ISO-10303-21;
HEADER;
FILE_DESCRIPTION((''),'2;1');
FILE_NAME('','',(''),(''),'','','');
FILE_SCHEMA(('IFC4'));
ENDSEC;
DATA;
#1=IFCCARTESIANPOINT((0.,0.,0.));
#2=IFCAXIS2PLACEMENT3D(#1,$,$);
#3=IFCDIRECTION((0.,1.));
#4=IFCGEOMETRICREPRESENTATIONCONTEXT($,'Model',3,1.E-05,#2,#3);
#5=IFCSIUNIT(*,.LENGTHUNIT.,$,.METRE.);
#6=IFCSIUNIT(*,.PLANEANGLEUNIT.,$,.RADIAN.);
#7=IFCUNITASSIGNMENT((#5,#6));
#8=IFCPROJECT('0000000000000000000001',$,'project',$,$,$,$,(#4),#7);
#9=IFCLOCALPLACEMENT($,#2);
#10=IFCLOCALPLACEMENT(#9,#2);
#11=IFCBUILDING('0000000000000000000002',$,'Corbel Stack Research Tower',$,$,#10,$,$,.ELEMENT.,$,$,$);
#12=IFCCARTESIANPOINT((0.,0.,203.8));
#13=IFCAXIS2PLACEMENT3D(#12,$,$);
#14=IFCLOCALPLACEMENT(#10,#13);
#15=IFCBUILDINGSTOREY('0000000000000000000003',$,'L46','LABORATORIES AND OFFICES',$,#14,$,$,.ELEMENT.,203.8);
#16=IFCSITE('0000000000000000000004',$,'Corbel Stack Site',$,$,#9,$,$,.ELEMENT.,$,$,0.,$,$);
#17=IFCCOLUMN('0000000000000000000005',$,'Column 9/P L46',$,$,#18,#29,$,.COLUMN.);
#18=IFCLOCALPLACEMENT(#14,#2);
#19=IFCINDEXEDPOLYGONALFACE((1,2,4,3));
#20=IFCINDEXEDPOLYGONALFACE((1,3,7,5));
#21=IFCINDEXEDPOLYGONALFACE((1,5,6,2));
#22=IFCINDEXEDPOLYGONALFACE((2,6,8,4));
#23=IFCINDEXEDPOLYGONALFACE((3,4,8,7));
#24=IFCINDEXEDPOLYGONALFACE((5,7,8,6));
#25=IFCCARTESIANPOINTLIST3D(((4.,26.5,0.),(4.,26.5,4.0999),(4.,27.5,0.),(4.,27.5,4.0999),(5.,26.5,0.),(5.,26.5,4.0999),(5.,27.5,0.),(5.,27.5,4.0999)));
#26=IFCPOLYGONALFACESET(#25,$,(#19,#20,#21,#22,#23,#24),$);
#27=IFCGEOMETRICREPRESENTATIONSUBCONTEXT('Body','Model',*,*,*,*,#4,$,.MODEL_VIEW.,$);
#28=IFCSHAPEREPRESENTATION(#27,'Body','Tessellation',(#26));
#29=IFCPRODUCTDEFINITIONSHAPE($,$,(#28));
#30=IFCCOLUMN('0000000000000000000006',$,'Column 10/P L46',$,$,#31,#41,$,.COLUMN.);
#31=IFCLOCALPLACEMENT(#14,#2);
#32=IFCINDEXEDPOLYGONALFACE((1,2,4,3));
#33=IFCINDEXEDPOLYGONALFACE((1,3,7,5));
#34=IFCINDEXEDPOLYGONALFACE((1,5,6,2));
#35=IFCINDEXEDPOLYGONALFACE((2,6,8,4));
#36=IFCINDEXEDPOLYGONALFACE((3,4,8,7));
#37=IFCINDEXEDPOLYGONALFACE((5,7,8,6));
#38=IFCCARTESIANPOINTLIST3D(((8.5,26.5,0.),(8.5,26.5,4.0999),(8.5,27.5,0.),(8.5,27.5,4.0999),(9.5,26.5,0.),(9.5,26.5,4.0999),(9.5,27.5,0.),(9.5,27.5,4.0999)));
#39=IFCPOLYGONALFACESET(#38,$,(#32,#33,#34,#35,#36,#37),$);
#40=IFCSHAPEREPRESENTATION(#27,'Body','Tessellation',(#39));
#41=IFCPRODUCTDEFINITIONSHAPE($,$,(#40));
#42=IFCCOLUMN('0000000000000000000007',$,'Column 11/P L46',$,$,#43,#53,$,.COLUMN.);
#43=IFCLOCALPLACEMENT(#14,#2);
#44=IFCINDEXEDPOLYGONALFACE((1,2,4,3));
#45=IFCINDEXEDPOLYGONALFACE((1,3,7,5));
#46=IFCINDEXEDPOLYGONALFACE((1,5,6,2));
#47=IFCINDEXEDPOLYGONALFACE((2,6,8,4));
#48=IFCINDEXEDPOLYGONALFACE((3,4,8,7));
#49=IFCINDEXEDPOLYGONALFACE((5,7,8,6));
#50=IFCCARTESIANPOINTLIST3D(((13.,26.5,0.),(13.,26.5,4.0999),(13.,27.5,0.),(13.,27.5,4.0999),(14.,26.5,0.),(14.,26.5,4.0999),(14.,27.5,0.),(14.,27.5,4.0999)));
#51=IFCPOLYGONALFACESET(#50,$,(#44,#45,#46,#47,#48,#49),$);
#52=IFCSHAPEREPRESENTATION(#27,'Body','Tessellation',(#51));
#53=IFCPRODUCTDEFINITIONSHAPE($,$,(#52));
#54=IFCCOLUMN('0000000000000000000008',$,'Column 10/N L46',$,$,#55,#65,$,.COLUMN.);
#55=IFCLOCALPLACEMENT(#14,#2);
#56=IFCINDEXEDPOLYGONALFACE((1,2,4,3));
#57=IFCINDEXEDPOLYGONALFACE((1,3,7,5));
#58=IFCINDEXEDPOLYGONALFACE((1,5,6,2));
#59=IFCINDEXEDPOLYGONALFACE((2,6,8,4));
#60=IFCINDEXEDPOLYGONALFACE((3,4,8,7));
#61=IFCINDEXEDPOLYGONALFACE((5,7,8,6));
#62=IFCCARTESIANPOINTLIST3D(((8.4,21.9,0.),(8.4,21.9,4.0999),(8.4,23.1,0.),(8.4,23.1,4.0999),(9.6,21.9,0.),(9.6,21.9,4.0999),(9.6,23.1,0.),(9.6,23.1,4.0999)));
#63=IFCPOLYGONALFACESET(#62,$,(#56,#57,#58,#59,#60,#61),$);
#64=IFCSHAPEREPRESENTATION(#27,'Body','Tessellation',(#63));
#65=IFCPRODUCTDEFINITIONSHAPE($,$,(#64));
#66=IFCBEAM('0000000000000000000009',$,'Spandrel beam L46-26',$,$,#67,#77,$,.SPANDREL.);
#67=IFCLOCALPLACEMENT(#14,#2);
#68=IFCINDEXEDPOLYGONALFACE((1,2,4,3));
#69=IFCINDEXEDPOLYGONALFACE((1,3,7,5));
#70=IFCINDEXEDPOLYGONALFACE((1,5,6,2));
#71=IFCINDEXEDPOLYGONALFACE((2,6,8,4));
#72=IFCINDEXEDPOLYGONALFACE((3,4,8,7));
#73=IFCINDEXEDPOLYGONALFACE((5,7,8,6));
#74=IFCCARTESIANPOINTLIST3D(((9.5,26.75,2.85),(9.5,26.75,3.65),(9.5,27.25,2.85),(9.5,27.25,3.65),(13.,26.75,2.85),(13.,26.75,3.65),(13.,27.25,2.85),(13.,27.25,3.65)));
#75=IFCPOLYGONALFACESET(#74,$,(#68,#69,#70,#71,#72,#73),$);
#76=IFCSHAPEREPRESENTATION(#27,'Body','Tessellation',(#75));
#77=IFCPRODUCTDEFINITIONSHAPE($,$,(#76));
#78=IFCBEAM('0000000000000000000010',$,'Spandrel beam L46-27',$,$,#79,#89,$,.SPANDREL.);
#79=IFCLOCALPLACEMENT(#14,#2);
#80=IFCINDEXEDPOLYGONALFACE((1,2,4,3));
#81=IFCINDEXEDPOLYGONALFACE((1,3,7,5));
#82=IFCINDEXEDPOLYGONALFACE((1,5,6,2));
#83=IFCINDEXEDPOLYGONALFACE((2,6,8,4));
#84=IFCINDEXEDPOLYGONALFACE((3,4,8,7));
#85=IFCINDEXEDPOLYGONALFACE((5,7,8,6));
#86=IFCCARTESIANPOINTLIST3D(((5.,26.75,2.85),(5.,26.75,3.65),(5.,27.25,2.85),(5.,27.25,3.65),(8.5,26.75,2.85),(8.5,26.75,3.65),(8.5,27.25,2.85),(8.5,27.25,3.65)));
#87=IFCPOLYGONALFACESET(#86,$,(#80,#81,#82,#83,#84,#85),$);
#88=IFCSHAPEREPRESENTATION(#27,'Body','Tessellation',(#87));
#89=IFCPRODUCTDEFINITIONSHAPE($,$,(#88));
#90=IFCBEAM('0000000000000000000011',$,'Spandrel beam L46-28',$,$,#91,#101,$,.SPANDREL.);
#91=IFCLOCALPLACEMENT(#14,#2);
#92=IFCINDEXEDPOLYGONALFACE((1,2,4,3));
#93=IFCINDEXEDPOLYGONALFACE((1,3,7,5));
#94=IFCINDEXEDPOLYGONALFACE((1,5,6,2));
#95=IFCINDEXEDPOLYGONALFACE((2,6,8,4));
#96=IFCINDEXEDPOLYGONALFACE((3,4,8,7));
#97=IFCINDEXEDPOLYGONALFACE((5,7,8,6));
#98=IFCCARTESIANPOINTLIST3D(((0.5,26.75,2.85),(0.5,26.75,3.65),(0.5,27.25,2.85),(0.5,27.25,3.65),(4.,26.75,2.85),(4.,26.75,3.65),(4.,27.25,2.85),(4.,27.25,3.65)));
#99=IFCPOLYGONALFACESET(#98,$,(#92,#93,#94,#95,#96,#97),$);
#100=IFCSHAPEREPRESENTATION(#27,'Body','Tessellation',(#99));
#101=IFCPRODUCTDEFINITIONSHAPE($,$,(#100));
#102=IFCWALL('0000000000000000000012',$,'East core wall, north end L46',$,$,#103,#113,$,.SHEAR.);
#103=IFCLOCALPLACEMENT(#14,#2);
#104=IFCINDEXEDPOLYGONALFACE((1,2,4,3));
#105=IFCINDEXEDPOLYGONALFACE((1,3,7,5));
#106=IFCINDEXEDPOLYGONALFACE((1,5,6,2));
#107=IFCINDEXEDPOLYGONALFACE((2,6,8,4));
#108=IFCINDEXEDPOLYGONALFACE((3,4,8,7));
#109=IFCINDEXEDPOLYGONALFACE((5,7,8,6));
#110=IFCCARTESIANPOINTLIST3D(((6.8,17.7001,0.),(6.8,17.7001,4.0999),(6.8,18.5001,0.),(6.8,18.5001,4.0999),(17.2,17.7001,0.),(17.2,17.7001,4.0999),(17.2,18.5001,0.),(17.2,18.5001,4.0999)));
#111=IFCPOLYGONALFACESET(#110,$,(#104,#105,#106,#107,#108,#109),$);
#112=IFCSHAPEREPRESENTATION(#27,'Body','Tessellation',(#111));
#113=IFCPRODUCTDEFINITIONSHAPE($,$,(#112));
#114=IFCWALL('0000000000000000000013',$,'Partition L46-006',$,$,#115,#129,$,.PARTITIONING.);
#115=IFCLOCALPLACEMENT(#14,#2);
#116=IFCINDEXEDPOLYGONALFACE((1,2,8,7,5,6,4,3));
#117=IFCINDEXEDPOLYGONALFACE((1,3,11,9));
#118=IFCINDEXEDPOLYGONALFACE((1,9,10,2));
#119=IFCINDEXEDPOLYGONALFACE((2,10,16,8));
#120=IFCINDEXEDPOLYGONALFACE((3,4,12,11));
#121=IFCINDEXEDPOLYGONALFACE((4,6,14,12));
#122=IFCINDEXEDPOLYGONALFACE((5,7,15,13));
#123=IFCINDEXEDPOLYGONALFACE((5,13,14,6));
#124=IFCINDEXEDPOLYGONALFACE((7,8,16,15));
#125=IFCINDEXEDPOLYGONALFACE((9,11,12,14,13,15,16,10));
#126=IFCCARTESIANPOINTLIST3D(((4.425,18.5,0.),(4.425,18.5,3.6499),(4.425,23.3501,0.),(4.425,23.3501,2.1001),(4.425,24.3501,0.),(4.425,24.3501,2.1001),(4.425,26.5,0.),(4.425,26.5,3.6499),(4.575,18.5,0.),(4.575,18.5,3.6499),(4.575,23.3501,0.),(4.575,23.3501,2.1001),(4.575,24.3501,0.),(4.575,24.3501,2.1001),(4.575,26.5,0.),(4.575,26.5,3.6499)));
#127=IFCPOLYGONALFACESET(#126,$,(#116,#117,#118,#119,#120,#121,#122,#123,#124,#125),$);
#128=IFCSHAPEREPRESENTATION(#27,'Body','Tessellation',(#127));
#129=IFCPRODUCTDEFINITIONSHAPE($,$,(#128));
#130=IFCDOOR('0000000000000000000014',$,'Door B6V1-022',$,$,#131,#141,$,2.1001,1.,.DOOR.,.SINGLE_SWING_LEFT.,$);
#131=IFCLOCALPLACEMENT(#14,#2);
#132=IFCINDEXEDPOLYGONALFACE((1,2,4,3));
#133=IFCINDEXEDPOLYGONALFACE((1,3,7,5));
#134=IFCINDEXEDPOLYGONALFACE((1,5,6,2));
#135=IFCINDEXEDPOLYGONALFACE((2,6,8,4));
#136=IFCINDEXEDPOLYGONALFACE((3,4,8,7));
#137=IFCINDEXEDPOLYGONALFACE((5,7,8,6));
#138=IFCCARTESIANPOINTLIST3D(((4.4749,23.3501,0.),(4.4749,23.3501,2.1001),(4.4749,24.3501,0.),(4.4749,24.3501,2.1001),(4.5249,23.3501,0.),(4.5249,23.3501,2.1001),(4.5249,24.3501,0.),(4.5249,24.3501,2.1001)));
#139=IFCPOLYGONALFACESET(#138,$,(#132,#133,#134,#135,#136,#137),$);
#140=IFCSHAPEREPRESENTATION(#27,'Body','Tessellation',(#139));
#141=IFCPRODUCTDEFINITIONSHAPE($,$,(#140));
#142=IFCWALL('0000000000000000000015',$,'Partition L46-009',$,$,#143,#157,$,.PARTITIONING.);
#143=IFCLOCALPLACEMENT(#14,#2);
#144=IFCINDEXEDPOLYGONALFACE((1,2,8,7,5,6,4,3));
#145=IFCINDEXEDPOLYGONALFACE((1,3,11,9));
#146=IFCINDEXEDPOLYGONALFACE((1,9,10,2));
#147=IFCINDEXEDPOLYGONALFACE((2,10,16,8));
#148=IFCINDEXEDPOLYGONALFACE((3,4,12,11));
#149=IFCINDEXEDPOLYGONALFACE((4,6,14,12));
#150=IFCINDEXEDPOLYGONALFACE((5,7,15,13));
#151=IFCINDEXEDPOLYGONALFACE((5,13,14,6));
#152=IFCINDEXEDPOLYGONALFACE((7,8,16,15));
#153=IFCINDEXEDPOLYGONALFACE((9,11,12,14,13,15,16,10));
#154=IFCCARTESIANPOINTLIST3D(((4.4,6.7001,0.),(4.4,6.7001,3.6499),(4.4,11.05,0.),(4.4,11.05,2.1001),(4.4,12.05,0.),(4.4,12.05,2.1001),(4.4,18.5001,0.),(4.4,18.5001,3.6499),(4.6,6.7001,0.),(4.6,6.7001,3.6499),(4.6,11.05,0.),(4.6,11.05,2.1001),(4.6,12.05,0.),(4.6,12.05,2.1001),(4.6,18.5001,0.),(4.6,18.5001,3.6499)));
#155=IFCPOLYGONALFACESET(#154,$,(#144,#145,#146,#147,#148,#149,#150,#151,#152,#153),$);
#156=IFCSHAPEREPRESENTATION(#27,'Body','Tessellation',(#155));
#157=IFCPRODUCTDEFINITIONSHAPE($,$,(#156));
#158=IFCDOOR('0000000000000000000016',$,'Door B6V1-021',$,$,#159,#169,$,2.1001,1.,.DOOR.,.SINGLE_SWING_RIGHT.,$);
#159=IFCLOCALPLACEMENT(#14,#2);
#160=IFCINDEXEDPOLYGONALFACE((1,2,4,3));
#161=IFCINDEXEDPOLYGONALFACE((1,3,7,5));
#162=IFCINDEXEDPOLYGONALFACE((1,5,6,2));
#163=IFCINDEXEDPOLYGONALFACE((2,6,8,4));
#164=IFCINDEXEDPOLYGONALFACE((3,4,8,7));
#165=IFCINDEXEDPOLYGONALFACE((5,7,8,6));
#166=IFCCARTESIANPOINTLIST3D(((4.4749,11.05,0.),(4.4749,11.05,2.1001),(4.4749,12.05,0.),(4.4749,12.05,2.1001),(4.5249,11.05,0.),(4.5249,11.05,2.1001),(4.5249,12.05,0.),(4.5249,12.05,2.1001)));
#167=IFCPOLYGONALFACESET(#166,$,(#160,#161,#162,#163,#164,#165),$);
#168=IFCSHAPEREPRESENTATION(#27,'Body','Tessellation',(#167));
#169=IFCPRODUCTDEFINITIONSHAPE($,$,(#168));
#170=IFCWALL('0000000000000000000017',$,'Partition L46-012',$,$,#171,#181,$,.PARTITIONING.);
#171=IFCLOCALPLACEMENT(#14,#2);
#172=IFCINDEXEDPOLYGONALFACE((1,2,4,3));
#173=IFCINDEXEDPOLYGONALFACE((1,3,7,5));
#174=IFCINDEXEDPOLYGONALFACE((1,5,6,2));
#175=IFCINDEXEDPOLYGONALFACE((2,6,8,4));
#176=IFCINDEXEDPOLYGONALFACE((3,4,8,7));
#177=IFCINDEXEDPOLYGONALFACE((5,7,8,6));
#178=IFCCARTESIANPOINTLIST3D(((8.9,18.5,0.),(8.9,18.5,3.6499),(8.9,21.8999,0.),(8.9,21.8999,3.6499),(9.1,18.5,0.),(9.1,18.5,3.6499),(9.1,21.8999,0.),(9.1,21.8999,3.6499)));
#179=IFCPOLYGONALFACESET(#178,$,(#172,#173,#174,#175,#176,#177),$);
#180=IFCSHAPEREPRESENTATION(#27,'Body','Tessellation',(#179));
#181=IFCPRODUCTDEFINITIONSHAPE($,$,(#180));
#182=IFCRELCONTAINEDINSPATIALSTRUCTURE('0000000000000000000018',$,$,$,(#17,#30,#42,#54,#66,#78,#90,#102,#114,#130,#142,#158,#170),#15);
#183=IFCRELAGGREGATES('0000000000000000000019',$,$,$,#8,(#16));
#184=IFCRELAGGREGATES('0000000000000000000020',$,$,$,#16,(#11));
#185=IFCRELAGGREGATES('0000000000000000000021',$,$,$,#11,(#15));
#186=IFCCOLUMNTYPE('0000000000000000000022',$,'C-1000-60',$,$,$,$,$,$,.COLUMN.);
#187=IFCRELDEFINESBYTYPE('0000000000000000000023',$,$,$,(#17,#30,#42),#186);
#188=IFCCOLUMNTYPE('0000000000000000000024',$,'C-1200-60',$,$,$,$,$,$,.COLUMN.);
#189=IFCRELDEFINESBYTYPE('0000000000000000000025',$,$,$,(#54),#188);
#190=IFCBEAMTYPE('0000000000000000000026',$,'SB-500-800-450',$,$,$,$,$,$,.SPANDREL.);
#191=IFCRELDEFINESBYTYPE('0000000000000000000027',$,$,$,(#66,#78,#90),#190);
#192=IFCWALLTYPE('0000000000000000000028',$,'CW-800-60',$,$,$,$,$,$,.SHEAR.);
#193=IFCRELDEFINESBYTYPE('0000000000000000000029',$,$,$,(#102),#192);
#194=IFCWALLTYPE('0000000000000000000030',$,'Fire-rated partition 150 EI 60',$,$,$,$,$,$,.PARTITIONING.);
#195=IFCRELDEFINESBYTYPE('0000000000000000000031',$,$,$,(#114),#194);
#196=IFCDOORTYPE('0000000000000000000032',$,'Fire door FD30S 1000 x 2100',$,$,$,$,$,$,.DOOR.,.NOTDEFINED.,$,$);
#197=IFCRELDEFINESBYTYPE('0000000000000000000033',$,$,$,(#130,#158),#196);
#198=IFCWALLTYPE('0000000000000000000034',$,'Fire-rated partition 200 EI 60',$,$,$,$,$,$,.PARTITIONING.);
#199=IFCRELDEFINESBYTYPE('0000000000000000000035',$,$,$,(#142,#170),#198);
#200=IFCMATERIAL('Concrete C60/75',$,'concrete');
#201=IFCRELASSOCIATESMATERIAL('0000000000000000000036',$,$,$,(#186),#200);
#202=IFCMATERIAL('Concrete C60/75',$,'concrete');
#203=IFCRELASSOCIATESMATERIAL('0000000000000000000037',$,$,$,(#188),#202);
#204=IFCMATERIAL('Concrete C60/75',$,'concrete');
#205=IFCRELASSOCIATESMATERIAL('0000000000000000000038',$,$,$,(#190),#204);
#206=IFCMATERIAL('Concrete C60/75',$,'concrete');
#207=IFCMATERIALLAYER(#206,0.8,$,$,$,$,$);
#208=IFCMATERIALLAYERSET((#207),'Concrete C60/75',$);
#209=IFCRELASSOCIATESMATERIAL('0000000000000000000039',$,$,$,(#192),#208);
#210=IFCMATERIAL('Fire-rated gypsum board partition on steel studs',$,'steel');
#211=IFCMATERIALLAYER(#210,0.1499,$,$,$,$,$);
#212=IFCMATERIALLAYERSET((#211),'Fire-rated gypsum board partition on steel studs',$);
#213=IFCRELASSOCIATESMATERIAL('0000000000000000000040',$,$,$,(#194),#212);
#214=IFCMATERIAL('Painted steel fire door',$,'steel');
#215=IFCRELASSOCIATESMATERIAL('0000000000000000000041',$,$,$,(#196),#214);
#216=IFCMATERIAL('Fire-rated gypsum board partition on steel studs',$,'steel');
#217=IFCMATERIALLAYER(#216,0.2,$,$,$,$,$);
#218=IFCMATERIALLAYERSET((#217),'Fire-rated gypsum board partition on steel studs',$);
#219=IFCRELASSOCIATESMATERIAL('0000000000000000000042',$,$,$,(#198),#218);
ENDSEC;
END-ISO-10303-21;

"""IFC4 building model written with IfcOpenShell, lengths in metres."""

from ifc_helpers import new_model, si_unit, direction, frame, frame_2d, origin, origin_2d, place, context, subcontext, project, spatial, rectangle, extrude, material, layer, layer_set, material_profile, profile_set, type_object, element, fill, save


model = new_model("IFC4")

# Units and contexts
model_context = context("Model", 3, precision=1e-05, world=origin(), true_north=direction((0.0, 1.0)))
body_context = subcontext(model_context, "Body", "Model", "MODEL_VIEW")
ifc_project = project(units=[si_unit("LENGTHUNIT", "METRE"), si_unit("PLANEANGLEUNIT", "RADIAN")], contexts=[model_context])

# Site, building, storey
site_placement = place(None, origin())
site = spatial("IfcSite", under=ifc_project, at=site_placement, Name="Corbel Stack Site", CompositionType="ELEMENT", RefElevation=0.0)
building_placement = place(site_placement, origin())
building = spatial("IfcBuilding", under=site, at=building_placement, Name="Corbel Stack Research Tower", CompositionType="ELEMENT")
storey_placement = place(building_placement, frame((0.0, 0.0, 203.8)))
storey = spatial("IfcBuildingStorey", under=building, at=storey_placement, Name="L46", Description="LABORATORIES AND OFFICES", CompositionType="ELEMENT", Elevation=203.8)

# Columns
ifc_material_1 = material(Name="Concrete C60/75", Category="concrete")
ifc_material_profile_1 = material_profile(ifc_material_1, rectangle(XDim=1.0, YDim=1.0, at=origin_2d()), Name="RC 1000 x 1000")
ifc_profile_set_1 = profile_set([ifc_material_profile_1], Name="Concrete C60/75")
column_type_1 = type_object("IfcColumnType", Name="C-1000-60", PredefinedType="COLUMN", material=ifc_profile_set_1)
for number, where, z_axis, x_axis, name in (
    (1, (4.5, 27.0, 0.0), (0.0, 0.0, 1.0), (1.0, 0.0, 0.0), "Column 9/P L46"),
    (2, (9.0, 27.0, 0.0), (0.0, 0.0, 1.0), (1.0, 0.0, 0.0), "Column 10/P L46"),
    (3, (13.5, 27.0, 0.0), (0.0, 0.0, 1.0), (1.0, 0.0, 0.0), "Column 11/P L46"),
):
    element("IfcColumn", number, at=place(storey_placement, frame(where, z_axis=z_axis, x_axis=x_axis)), inside=storey, type_object=column_type_1, Name=name, PredefinedType="COLUMN", context=body_context, shape_type="SweptSolid", body=[
        extrude(rectangle(XDim=1.0, YDim=1.0, at=origin_2d()), origin(), (0.0, 0.0, 1.0), 4.0999),
    ])
ifc_material_2 = material(Name="Concrete C60/75", Category="concrete")
ifc_material_profile_2 = material_profile(ifc_material_2, rectangle(XDim=1.2, YDim=1.2, at=origin_2d()), Name="RC 1200 x 1200")
ifc_profile_set_2 = profile_set([ifc_material_profile_2], Name="Concrete C60/75")
column_type_2 = type_object("IfcColumnType", Name="C-1200-60", PredefinedType="COLUMN", material=ifc_profile_set_2)
column_placement = place(storey_placement, frame((9.0, 22.5, 0.0), z_axis=(0.0, 0.0, 1.0), x_axis=(1.0, 0.0, 0.0)))
element("IfcColumn", 4, at=column_placement, inside=storey, type_object=column_type_2, Name="Column 10/N L46", PredefinedType="COLUMN", context=body_context, shape_type="SweptSolid", body=[
    extrude(rectangle(XDim=1.2, YDim=1.2, at=origin_2d()), origin(), (0.0, 0.0, 1.0), 4.0999),
])

# Beams
ifc_material_3 = material(Name="Concrete C60/75", Category="concrete")
ifc_material_profile_3 = material_profile(ifc_material_3, rectangle(XDim=0.5, YDim=0.8, at=origin_2d()), Name="RC 500 x 800")
ifc_profile_set_3 = profile_set([ifc_material_profile_3], Name="Concrete C60/75")
beam_type = type_object("IfcBeamType", Name="SB-500-800-450", PredefinedType="SPANDREL", material=ifc_profile_set_3)
for number, where, z_axis, x_axis, name in (
    (5, (13.0, 27.0, 3.25), (-1.0, 0.0, 0.0), (0.0, -1.0, 0.0), "Spandrel beam L46-26"),
    (6, (8.5, 27.0, 3.25), (-1.0, 0.0, 0.0), (0.0, -1.0, 0.0), "Spandrel beam L46-27"),
    (7, (4.0, 27.0, 3.25), (-1.0, 0.0, 0.0), (0.0, -1.0, 0.0), "Spandrel beam L46-28"),
):
    element("IfcBeam", number, at=place(storey_placement, frame(where, z_axis=z_axis, x_axis=x_axis)), inside=storey, type_object=beam_type, Name=name, PredefinedType="SPANDREL", context=body_context, shape_type="SweptSolid", body=[
        extrude(rectangle(XDim=0.5, YDim=0.8, at=origin_2d()), origin(), (0.0, 0.0, 1.0), 3.5),
    ])

# Wall
ifc_material_4 = material(Name="Concrete C60/75", Category="concrete")
ifc_layer_1 = layer(ifc_material_4, 0.8)
ifc_layer_set_1 = layer_set([ifc_layer_1], Name="Concrete C60/75")
wall_type_1 = type_object("IfcWallType", Name="CW-800-60", PredefinedType="SHEAR", material=ifc_layer_set_1)
wall_1_placement = place(storey_placement, frame((6.8, 18.1001, 0.0), z_axis=(0.0, 0.0, 1.0), x_axis=(1.0, 0.0, 0.0)))
element("IfcWall", 8, at=wall_1_placement, inside=storey, type_object=wall_type_1, Name="East core wall, north end L46", PredefinedType="SHEAR", context=body_context, shape_type="SweptSolid", body=[
    extrude(rectangle(XDim=10.3999, YDim=0.8, at=frame_2d((5.2, 0.0))), origin(), (0.0, 0.0, 1.0), 4.0999),
])

# Walls, openings, doors
ifc_material_5 = material(Name="Fire-rated gypsum board partition on steel studs", Category="steel")
ifc_layer_2 = layer(ifc_material_5, 0.1499)
ifc_layer_set_2 = layer_set([ifc_layer_2], Name="Fire-rated gypsum board partition on steel studs")
wall_type_2 = type_object("IfcWallType", Name="Fire-rated partition 150 EI 60", PredefinedType="PARTITIONING", material=ifc_layer_set_2)
wall_2_placement = place(storey_placement, frame((4.5, 26.5, 0.0), z_axis=(0.0, 0.0, 1.0), x_axis=(0.0, -1.0, 0.0)))
wall_2 = element("IfcWall", 9, at=wall_2_placement, inside=storey, type_object=wall_type_2, Name="Partition L46-006", PredefinedType="PARTITIONING", context=body_context, shape_type="SweptSolid", body=[
    extrude(rectangle(XDim=8.0, YDim=0.1499, at=frame_2d((4.0, 0.0))), origin(), (0.0, 0.0, 1.0), 3.6499),
])
opening_1_placement = place(wall_2_placement, frame((2.1499, 0.0, 0.0)))
opening_1 = element("IfcOpeningElement", 10, at=opening_1_placement, cuts=wall_2, PredefinedType="OPENING", context=body_context, shape_type="SweptSolid", body=[
    extrude(rectangle(XDim=1.0, YDim=2.1001, at=frame_2d((0.5, 1.05))), frame((0.0, 0.085, 0.0), z_axis=(0.0, -1.0, 0.0), x_axis=(1.0, 0.0, 0.0)), (0.0, 0.0, 1.0), 0.1699),
])
ifc_material_6 = material(Name="Painted steel fire door", Category="steel")
door_type = type_object("IfcDoorType", Name="Fire door FD30S 1000 x 2100", OperationType="NOTDEFINED", PredefinedType="DOOR", material=ifc_material_6)
door_1_placement = place(opening_1_placement, origin())
door_1 = element("IfcDoor", 11, at=door_1_placement, inside=storey, type_object=door_type, Name="Door B6V1-022", OperationType="SINGLE_SWING_LEFT", OverallHeight=2.1001, OverallWidth=1.0, PredefinedType="DOOR", context=body_context, shape_type="SweptSolid", body=[
    extrude(rectangle(XDim=1.0, YDim=2.1001, at=frame_2d((0.5, 1.05))), frame((0.0, 0.0249, 0.0), z_axis=(0.0, -1.0, 0.0), x_axis=(1.0, 0.0, 0.0)), (0.0, 0.0, 1.0), 0.05),
])
fill(opening_1, door_1)
ifc_material_7 = material(Name="Fire-rated gypsum board partition on steel studs", Category="steel")
ifc_layer_3 = layer(ifc_material_7, 0.2)
ifc_layer_set_3 = layer_set([ifc_layer_3], Name="Fire-rated gypsum board partition on steel studs")
wall_type_3 = type_object("IfcWallType", Name="Fire-rated partition 200 EI 60", PredefinedType="PARTITIONING", material=ifc_layer_set_3)
wall_3_placement = place(storey_placement, frame((4.5, 18.5, 0.0), z_axis=(0.0, 0.0, 1.0), x_axis=(0.0, -1.0, 0.0)))
wall_3 = element("IfcWall", 12, at=wall_3_placement, inside=storey, type_object=wall_type_3, Name="Partition L46-009", PredefinedType="PARTITIONING", context=body_context, shape_type="SweptSolid", body=[
    extrude(rectangle(XDim=11.8, YDim=0.2, at=frame_2d((5.8999, 0.0))), origin(), (0.0, 0.0, 1.0), 3.6499),
])
opening_2_placement = place(wall_3_placement, frame((6.45, 0.0, 0.0)))
opening_2 = element("IfcOpeningElement", 13, at=opening_2_placement, cuts=wall_3, PredefinedType="OPENING", context=body_context, shape_type="SweptSolid", body=[
    extrude(rectangle(XDim=1.0, YDim=2.1001, at=frame_2d((0.5, 1.05))), frame((0.0, 0.1099, 0.0), z_axis=(0.0, -1.0, 0.0), x_axis=(1.0, 0.0, 0.0)), (0.0, 0.0, 1.0), 0.22),
])
door_2_placement = place(opening_2_placement, origin())
door_2 = element("IfcDoor", 14, at=door_2_placement, inside=storey, type_object=door_type, Name="Door B6V1-021", OperationType="SINGLE_SWING_RIGHT", OverallHeight=2.1001, OverallWidth=1.0, PredefinedType="DOOR", context=body_context, shape_type="SweptSolid", body=[
    extrude(rectangle(XDim=1.0, YDim=2.1001, at=frame_2d((0.5, 1.05))), frame((0.0, 0.0249, 0.0), z_axis=(0.0, -1.0, 0.0), x_axis=(1.0, 0.0, 0.0)), (0.0, 0.0, 1.0), 0.05),
])
fill(opening_2, door_2)

# Wall
for number, where, z_axis, x_axis, name in (
    (15, (9.0, 18.5, 0.0), (0.0, 0.0, 1.0), (0.0, 1.0, 0.0), "Partition L46-012"),
):
    element("IfcWall", number, at=place(storey_placement, frame(where, z_axis=z_axis, x_axis=x_axis)), inside=storey, type_object=wall_type_3, Name=name, PredefinedType="PARTITIONING", context=body_context, shape_type="SweptSolid", body=[
        extrude(rectangle(XDim=3.3999, YDim=0.2, at=frame_2d((1.7, 0.0))), origin(), (0.0, 0.0, 1.0), 3.6499),
    ])

save(model, "model.ifc")
